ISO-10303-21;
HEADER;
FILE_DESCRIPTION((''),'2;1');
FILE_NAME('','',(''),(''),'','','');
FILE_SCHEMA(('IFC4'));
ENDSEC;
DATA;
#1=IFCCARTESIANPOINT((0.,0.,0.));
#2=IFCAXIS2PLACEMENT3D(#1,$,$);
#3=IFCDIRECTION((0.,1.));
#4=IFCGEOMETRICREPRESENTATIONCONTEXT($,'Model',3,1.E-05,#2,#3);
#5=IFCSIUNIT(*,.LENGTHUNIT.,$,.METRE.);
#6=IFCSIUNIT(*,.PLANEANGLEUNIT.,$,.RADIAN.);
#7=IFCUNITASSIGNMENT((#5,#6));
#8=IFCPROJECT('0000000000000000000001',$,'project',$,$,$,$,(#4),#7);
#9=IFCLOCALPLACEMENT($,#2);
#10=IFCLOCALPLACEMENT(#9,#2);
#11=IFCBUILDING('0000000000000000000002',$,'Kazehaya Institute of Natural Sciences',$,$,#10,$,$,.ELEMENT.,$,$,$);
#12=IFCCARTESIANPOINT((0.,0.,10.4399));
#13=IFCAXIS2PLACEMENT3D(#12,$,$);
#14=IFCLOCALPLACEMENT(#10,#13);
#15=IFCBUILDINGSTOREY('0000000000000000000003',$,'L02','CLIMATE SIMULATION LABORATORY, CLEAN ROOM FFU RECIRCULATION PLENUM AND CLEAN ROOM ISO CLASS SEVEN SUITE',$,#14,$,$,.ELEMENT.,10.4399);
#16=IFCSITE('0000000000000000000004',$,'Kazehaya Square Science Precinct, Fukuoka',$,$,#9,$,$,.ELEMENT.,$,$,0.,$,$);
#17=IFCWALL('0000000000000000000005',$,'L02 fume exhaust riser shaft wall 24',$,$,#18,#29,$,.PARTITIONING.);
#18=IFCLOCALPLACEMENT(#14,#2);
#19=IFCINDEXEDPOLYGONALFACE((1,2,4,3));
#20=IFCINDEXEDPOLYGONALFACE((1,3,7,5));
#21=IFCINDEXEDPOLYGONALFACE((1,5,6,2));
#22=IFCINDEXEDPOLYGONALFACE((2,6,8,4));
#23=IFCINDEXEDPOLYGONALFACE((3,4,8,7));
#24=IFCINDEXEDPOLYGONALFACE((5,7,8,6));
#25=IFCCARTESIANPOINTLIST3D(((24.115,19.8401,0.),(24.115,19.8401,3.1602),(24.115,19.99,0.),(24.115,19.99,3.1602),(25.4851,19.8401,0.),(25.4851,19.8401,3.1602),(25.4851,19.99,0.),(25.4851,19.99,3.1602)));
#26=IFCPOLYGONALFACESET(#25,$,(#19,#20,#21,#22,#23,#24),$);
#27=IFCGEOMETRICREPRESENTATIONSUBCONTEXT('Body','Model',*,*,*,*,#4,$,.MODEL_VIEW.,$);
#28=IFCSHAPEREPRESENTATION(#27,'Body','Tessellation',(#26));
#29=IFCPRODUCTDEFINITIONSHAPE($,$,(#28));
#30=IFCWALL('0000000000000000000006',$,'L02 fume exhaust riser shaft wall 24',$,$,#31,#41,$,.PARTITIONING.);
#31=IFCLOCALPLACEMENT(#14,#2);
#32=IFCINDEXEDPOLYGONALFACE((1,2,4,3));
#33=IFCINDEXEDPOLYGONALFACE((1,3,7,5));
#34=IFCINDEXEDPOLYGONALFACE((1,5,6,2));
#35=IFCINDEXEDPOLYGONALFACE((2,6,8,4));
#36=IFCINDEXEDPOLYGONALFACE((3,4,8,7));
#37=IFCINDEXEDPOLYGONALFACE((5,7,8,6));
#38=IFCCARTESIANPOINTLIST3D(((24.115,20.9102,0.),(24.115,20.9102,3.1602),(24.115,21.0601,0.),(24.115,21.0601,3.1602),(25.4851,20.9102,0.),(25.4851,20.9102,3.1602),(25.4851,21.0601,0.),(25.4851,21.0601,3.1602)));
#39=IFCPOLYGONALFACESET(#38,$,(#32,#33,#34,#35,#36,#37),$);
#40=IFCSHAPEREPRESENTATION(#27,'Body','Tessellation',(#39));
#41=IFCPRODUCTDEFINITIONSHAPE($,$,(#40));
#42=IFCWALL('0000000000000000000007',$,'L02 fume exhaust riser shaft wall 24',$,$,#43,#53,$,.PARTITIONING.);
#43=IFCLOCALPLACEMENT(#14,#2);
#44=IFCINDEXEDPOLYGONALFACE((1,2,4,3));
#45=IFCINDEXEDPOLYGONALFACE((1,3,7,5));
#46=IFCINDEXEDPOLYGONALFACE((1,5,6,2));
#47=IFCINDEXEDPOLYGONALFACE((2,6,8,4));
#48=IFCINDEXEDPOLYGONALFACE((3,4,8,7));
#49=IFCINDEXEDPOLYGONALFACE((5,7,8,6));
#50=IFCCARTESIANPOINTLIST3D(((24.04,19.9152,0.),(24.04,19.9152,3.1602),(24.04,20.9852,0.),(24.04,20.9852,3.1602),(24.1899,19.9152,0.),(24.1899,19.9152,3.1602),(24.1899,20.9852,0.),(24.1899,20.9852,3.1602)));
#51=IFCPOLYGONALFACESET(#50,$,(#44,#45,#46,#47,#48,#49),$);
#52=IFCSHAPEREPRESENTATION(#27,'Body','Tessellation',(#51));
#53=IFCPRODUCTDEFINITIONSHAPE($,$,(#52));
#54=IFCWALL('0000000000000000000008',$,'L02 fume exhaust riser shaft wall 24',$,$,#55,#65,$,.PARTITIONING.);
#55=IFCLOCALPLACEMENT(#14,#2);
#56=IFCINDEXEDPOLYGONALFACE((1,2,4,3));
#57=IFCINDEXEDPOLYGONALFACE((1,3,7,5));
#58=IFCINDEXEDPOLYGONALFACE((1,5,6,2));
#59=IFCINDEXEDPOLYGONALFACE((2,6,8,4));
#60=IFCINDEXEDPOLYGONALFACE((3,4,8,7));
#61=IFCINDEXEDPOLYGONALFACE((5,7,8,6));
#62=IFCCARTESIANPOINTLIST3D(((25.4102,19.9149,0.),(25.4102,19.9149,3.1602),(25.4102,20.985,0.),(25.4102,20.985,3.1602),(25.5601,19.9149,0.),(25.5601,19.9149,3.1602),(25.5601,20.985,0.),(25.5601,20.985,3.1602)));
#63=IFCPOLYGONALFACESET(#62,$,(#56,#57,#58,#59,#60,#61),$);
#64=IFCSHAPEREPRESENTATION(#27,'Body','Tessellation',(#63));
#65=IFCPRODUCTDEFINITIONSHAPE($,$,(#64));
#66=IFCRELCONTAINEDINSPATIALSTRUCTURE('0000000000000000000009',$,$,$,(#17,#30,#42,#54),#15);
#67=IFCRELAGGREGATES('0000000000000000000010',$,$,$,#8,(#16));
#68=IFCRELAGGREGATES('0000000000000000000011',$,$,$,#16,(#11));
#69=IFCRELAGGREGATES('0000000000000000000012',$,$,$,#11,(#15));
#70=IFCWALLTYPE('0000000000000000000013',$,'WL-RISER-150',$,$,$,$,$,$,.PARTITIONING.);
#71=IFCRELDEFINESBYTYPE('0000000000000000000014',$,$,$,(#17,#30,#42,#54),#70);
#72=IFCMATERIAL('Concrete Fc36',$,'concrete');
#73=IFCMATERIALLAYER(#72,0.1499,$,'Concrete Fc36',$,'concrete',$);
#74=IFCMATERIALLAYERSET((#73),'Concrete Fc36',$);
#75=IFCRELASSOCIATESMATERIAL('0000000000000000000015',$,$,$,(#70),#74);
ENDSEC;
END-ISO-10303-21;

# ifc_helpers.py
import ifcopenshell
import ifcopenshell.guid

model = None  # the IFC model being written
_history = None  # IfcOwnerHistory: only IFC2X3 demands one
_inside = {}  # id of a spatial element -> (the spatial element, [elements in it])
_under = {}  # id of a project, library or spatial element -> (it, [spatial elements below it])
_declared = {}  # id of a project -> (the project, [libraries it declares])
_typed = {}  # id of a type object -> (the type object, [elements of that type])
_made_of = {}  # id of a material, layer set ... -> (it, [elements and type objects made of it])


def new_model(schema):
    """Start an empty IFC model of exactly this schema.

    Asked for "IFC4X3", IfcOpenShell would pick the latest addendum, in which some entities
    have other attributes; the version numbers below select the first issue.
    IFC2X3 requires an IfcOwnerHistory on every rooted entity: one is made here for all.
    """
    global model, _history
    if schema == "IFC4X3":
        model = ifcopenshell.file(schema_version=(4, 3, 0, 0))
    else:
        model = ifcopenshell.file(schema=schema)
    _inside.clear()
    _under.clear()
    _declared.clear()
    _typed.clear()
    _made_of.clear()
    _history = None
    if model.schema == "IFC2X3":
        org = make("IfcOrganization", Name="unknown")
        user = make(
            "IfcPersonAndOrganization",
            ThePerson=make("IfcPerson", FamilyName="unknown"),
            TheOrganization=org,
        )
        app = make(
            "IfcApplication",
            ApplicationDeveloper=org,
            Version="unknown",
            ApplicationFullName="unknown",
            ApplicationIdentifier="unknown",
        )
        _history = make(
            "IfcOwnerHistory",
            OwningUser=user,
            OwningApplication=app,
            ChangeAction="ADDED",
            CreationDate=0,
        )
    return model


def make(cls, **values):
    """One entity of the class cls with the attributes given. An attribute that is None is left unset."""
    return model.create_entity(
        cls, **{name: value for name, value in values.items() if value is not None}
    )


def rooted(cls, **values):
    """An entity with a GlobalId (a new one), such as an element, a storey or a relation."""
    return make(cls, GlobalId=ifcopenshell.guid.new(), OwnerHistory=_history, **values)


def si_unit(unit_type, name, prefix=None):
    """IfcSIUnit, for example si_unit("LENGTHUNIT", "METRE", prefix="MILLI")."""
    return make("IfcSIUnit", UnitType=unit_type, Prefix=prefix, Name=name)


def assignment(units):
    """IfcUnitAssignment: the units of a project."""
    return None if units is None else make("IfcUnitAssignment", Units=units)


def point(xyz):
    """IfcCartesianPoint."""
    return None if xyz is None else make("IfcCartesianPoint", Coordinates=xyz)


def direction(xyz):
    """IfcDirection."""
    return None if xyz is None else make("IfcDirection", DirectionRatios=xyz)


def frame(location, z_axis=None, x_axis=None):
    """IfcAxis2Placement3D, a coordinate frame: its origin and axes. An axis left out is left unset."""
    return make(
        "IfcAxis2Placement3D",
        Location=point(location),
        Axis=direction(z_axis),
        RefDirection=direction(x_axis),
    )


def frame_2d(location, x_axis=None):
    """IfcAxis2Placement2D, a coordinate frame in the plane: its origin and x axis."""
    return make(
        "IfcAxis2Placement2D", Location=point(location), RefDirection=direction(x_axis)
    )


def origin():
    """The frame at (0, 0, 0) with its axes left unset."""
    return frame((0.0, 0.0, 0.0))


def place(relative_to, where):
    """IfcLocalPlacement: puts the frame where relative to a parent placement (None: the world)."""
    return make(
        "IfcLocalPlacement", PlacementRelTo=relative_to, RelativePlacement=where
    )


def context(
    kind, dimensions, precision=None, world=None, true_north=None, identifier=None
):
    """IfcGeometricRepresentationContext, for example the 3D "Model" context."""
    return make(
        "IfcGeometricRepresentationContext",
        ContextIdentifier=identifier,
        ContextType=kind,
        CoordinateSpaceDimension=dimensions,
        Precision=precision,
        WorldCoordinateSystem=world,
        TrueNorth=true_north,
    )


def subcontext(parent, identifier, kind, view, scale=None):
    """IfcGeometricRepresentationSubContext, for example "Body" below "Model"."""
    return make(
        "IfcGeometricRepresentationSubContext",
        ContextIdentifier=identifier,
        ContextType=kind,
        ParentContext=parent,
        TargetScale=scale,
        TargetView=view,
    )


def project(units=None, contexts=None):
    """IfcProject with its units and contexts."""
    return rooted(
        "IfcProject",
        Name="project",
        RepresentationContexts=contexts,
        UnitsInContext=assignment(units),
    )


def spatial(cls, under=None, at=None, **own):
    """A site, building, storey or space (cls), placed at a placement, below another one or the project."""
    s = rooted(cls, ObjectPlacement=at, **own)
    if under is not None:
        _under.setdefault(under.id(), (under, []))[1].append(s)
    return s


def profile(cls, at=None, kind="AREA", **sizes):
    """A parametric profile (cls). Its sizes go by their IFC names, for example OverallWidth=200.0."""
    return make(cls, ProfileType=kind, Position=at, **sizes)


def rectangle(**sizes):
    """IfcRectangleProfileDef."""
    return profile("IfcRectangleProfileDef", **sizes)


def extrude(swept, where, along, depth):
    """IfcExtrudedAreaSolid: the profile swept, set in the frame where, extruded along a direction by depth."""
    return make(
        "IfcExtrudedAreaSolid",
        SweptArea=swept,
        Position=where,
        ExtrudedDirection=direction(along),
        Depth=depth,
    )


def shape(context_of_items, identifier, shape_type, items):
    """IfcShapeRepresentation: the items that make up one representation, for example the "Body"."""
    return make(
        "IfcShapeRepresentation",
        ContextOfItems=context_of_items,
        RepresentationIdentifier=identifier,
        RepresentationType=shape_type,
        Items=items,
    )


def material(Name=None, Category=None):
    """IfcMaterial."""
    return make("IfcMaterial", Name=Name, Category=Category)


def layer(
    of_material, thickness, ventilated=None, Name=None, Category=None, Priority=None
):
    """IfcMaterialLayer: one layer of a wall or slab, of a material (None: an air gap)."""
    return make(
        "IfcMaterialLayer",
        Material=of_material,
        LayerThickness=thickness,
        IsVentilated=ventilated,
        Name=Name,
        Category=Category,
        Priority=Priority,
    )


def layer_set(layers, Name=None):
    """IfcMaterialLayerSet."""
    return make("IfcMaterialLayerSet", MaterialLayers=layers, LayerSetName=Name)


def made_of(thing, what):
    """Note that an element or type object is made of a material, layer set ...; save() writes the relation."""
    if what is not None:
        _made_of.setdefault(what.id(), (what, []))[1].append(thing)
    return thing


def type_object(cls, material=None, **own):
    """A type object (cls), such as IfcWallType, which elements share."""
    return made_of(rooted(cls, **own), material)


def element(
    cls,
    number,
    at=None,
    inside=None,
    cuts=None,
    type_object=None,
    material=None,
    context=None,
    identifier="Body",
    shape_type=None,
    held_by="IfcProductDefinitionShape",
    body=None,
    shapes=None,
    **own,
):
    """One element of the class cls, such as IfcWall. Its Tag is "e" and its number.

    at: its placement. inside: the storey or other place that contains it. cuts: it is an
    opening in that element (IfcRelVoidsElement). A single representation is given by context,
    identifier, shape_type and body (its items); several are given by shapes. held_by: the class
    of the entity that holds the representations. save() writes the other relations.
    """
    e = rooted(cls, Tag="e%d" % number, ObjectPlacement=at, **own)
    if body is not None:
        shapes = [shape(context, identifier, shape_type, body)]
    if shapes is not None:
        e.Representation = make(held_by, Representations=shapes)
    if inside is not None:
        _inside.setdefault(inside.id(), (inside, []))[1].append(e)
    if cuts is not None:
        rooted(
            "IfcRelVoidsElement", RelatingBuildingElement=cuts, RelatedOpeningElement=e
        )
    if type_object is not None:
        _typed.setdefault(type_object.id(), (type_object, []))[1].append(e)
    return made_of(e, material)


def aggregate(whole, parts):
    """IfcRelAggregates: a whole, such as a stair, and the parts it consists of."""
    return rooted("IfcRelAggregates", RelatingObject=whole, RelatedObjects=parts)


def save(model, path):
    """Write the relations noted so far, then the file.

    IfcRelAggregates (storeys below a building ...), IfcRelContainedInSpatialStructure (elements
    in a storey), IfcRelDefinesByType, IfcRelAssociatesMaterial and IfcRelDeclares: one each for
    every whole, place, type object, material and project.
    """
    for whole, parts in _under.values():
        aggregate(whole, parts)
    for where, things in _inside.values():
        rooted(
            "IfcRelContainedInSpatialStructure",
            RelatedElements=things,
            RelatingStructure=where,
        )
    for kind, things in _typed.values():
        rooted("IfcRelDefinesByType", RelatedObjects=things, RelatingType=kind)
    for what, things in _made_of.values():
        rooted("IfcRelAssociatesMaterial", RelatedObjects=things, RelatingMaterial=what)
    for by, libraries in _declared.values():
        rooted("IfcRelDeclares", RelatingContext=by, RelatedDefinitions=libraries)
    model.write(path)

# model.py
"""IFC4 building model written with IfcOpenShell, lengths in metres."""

from ifc_helpers import new_model, si_unit, direction, frame, frame_2d, origin, place, context, subcontext, project, spatial, rectangle, extrude, material, layer, layer_set, type_object, element, save


model = new_model("IFC4")

# Units and contexts
model_context = context("Model", 3, precision=1e-05, world=origin(), true_north=direction((0.0, 1.0)))
body_context = subcontext(model_context, "Body", "Model", "MODEL_VIEW")
ifc_project = project(units=[si_unit("LENGTHUNIT", "METRE"), si_unit("PLANEANGLEUNIT", "RADIAN")], contexts=[model_context])

# Site, building, storey
site_placement = place(None, origin())
site = spatial("IfcSite", under=ifc_project, at=site_placement, Name="Kazehaya Square Science Precinct, Fukuoka", CompositionType="ELEMENT", RefElevation=0.0)
building_placement = place(site_placement, origin())
building = spatial("IfcBuilding", under=site, at=building_placement, Name="Kazehaya Institute of Natural Sciences", CompositionType="ELEMENT")
storey_placement = place(building_placement, frame((0.0, 0.0, 10.4399)))
storey = spatial("IfcBuildingStorey", under=building, at=storey_placement, Name="L02", Description="CLIMATE SIMULATION LABORATORY, CLEAN ROOM FFU RECIRCULATION PLENUM AND CLEAN ROOM ISO CLASS SEVEN SUITE", CompositionType="ELEMENT", Elevation=10.4399)

# Shared definitions
ifc_material_1 = material(Name="Concrete Fc36", Category="concrete")

# Walls
ifc_layer_1 = layer(ifc_material_1, 0.1499, Name="Concrete Fc36", Category="concrete")
ifc_layer_set_1 = layer_set([ifc_layer_1], Name="Concrete Fc36")
wall_type_1 = type_object("IfcWallType", Name="WL-RISER-150", PredefinedType="PARTITIONING", material=ifc_layer_set_1)
for number, where, z_axis, x_axis, name in (
    (1, (25.4851, 19.915, 0.0), (0.0, 0.0, 1.0), (-1.0, 0.0, 0.0), "L02 fume exhaust riser shaft wall 24"),
    (2, (24.115, 20.9851, 0.0), (0.0, 0.0, 1.0), (1.0, 0.0, 0.0), "L02 fume exhaust riser shaft wall 24"),
):
    element("IfcWall", number, at=place(storey_placement, frame(where, z_axis=z_axis, x_axis=x_axis)), inside=storey, type_object=wall_type_1, Name=name, PredefinedType="PARTITIONING", context=body_context, shape_type="SweptSolid", body=[
        extrude(rectangle(XDim=1.3701, YDim=0.1499, at=frame_2d((0.6851, 0.0))), origin(), (0.0, 0.0, 1.0), 3.1602),
    ])
for number, where, z_axis, x_axis, name in (
    (3, (24.115, 19.915, 0.0), (0.0, 0.0, 1.0), (0.0, 1.0, 0.0), "L02 fume exhaust riser shaft wall 24"),
    (4, (25.4851, 20.9851, 0.0), (0.0, 0.0, 1.0), (0.0, -1.0, 0.0), "L02 fume exhaust riser shaft wall 24"),
):
    element("IfcWall", number, at=place(storey_placement, frame(where, z_axis=z_axis, x_axis=x_axis)), inside=storey, type_object=wall_type_1, Name=name, PredefinedType="PARTITIONING", context=body_context, shape_type="SweptSolid", body=[
        extrude(rectangle(XDim=1.0701, YDim=0.1499, at=frame_2d((0.5352, 0.0))), origin(), (0.0, 0.0, 1.0), 3.1602),
    ])

save(model, "model.ifc")
